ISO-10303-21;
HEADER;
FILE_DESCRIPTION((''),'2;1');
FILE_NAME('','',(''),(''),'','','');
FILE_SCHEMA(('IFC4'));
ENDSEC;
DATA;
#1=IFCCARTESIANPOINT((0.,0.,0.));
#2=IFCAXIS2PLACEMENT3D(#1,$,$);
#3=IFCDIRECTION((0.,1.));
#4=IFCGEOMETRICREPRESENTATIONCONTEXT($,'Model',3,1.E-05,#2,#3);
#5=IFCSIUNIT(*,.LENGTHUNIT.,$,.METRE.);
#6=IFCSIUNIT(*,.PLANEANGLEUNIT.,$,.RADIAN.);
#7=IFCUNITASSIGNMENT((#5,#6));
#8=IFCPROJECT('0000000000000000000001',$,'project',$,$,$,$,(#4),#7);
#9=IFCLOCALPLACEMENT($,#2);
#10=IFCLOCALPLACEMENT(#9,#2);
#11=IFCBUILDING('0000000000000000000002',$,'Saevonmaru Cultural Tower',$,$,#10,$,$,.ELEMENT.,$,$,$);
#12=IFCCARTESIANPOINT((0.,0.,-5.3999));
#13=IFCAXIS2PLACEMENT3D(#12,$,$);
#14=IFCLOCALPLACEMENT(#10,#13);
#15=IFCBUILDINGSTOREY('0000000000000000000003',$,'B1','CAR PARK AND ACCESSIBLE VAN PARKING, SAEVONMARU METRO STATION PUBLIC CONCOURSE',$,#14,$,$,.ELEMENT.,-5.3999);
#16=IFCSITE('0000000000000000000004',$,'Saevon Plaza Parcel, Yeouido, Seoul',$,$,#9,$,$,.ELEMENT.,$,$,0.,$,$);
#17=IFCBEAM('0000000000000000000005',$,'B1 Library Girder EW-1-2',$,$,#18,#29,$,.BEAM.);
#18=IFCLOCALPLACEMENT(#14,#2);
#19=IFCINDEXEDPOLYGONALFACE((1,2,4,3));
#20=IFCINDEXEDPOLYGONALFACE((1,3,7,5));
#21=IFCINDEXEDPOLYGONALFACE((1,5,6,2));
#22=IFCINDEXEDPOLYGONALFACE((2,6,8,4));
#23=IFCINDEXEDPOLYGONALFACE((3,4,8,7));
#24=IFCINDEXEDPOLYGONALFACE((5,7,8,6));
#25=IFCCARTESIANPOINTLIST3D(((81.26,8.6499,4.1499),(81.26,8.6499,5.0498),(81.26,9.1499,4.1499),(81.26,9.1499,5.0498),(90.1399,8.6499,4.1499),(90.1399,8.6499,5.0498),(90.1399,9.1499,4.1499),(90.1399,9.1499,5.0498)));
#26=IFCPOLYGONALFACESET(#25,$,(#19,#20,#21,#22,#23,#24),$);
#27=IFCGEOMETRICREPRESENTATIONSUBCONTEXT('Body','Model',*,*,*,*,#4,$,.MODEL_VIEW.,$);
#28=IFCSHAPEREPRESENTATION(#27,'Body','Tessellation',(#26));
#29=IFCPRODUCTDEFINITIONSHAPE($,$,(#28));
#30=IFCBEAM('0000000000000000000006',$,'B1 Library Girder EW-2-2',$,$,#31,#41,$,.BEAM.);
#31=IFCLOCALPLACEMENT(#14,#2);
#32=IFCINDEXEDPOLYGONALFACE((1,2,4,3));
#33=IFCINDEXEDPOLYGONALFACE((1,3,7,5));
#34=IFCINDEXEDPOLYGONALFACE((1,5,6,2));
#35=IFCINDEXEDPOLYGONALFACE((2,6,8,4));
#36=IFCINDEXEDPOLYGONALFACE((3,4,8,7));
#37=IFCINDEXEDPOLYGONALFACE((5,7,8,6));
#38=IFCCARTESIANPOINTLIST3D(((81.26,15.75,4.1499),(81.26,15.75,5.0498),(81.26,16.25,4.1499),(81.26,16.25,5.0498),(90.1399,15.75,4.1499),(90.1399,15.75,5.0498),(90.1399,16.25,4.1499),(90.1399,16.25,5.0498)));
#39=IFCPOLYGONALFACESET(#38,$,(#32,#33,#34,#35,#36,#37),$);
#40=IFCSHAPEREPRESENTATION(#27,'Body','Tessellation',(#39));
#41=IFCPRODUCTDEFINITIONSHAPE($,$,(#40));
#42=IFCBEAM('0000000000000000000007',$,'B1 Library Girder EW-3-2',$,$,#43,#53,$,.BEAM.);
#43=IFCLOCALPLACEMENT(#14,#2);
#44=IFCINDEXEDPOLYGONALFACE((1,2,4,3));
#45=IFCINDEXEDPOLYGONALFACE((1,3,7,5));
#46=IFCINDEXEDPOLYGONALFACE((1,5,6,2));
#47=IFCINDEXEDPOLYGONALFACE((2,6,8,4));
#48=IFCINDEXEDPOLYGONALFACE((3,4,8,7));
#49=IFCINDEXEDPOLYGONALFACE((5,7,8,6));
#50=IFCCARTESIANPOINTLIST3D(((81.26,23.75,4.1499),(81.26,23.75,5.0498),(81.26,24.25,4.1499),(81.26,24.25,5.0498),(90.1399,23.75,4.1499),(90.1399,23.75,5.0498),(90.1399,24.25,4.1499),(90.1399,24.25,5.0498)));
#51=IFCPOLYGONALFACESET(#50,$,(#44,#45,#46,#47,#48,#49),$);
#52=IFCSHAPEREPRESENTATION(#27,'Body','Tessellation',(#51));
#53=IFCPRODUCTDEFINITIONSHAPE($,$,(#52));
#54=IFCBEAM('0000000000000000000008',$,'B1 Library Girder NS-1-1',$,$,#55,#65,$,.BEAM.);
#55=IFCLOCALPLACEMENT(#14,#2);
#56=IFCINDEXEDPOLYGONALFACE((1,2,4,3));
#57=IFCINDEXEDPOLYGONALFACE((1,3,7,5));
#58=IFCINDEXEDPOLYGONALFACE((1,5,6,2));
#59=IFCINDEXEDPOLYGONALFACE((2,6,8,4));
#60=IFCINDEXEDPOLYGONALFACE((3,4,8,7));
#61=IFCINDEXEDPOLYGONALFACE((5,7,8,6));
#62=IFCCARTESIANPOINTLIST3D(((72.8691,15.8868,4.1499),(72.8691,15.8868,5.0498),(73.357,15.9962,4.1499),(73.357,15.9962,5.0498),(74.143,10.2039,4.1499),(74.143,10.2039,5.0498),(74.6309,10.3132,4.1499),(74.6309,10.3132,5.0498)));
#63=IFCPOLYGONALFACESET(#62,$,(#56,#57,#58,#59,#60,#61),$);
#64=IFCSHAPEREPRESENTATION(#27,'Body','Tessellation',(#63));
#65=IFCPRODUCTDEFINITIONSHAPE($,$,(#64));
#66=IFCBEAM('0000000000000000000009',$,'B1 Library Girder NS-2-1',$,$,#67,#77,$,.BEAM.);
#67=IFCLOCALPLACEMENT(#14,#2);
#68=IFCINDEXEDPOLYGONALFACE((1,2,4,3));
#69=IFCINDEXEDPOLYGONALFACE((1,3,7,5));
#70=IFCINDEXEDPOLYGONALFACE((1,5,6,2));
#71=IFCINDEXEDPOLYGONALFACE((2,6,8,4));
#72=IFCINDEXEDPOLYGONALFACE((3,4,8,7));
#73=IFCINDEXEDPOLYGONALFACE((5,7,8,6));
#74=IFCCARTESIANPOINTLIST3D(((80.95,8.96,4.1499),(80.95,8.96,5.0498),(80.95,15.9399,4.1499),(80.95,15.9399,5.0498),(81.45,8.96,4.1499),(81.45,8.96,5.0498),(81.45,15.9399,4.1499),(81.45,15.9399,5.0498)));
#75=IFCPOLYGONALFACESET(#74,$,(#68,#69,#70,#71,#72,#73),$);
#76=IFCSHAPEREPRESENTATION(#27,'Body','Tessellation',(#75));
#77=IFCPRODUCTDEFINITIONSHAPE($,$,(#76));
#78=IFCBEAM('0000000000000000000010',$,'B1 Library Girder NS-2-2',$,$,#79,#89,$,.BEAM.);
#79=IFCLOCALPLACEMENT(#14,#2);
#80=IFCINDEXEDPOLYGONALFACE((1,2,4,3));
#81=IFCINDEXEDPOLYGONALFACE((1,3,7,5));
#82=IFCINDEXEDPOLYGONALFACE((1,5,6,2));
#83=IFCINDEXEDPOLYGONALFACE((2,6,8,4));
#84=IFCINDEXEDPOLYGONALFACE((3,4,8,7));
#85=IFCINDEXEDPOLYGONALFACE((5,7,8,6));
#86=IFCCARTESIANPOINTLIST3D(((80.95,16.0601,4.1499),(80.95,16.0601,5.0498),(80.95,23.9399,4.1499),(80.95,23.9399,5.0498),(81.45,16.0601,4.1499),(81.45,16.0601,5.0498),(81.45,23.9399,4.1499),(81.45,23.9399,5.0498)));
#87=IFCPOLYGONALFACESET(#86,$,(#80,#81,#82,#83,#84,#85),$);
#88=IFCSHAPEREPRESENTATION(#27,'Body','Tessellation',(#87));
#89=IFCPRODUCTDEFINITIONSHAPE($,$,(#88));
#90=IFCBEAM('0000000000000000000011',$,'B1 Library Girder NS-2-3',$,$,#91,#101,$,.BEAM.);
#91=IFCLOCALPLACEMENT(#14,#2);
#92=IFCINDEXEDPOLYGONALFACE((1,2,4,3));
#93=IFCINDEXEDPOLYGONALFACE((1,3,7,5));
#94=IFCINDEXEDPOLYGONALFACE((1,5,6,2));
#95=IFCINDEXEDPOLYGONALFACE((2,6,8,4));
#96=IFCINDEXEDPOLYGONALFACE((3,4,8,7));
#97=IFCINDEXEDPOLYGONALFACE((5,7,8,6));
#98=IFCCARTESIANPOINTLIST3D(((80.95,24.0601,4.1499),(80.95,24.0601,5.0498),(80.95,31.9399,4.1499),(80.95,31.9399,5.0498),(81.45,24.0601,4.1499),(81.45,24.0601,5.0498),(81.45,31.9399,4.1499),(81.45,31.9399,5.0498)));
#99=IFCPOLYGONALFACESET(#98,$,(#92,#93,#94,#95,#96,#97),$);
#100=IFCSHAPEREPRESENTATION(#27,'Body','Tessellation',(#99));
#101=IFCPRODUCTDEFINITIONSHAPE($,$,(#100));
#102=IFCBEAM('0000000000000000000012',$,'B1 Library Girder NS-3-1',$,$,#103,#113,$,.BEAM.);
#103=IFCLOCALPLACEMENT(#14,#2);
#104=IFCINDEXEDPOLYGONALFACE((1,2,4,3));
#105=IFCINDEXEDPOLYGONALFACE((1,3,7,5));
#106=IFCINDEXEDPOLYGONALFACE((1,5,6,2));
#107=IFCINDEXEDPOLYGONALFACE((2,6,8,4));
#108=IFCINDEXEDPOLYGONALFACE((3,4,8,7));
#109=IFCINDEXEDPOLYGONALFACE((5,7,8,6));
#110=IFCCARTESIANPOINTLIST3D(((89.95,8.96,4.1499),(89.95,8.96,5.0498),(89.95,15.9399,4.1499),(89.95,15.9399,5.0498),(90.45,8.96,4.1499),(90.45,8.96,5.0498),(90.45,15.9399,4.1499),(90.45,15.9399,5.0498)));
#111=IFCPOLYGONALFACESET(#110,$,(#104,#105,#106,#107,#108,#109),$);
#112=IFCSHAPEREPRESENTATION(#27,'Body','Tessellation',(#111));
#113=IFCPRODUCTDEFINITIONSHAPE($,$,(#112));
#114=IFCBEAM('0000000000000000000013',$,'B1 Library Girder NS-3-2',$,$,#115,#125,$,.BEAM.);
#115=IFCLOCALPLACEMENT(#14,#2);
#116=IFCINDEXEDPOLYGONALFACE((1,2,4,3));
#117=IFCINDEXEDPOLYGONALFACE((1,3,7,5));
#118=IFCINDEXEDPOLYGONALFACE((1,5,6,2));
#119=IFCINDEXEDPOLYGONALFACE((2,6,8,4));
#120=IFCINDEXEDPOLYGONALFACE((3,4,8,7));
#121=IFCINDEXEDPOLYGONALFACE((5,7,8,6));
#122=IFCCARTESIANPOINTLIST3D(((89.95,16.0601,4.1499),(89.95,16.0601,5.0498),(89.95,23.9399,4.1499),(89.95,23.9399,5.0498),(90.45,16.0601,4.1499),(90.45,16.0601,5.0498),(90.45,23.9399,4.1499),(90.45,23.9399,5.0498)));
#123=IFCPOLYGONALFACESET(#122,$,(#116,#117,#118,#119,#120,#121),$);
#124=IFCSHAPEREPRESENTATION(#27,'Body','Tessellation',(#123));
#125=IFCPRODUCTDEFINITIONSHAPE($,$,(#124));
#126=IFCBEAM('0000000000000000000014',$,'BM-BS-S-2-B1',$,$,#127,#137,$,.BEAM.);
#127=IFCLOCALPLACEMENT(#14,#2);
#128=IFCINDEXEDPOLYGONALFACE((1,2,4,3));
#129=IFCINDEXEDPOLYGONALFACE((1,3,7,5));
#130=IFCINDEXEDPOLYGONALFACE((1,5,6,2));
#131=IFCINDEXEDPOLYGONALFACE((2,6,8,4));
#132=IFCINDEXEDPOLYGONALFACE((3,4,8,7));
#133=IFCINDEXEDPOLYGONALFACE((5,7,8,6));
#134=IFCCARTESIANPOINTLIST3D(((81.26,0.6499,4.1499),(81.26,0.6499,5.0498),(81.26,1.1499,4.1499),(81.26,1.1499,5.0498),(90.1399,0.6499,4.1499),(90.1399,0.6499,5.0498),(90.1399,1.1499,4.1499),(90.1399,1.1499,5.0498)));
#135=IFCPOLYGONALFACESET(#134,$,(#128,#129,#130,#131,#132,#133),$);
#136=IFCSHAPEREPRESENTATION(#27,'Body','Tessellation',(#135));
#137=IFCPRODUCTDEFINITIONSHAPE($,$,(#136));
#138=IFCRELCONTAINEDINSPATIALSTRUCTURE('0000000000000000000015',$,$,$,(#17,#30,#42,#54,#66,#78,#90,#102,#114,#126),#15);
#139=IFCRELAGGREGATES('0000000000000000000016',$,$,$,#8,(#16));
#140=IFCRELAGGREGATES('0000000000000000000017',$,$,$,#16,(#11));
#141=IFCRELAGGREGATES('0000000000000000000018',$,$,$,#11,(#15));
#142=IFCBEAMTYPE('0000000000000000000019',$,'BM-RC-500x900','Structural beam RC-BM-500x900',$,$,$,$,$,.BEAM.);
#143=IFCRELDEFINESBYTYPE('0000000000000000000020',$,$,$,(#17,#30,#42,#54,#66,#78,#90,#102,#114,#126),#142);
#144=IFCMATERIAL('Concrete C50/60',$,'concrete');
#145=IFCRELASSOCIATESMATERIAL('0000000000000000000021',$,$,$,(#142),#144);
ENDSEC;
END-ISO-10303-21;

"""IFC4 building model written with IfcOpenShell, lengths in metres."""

from ifc_helpers import new_model, si_unit, direction, frame, origin, origin_2d, place, context, subcontext, project, spatial, rectangle, extrude, material, material_profile, profile_set, type_object, element, save


model = new_model("IFC4")

# Units and contexts
model_context = context("Model", 3, precision=1e-05, world=origin(), true_north=direction((0.0, 1.0)))
body_context = subcontext(model_context, "Body", "Model", "MODEL_VIEW")
ifc_project = project(units=[si_unit("LENGTHUNIT", "METRE"), si_unit("PLANEANGLEUNIT", "RADIAN")], contexts=[model_context])

# Site, building, storey
site_placement = place(None, origin())
site = spatial("IfcSite", under=ifc_project, at=site_placement, Name="Saevon Plaza Parcel, Yeouido, Seoul", CompositionType="ELEMENT", RefElevation=0.0)
building_placement = place(site_placement, origin())
building = spatial("IfcBuilding", under=site, at=building_placement, Name="Saevonmaru Cultural Tower", CompositionType="ELEMENT")
storey_placement = place(building_placement, frame((0.0, 0.0, -5.3999)))
storey = spatial("IfcBuildingStorey", under=building, at=storey_placement, Name="B1", Description="CAR PARK AND ACCESSIBLE VAN PARKING, SAEVONMARU METRO STATION PUBLIC CONCOURSE", CompositionType="ELEMENT", Elevation=-5.3999)

# Shared definitions
ifc_material_1 = material(Name="Concrete C50/60", Category="concrete")

# Beams
ifc_material_profile_1 = material_profile(ifc_material_1, rectangle(XDim=0.5, YDim=0.8999, at=origin_2d()), Name="RC-BM-500x900")
ifc_profile_set_1 = profile_set([ifc_material_profile_1], Name="Concrete C50/60")
beam_type_1 = type_object("IfcBeamType", Name="BM-RC-500x900", Description="Structural beam RC-BM-500x900", PredefinedType="BEAM", material=ifc_profile_set_1)
for number, where, z_axis, x_axis, name in (
    (1, (81.26, 8.8999, 4.5999), (1.0, 0.0, 0.0), (0.0, 1.0, 0.0), "B1 Library Girder EW-1-2"),
    (2, (81.26, 16.0, 4.5999), (1.0, 0.0, 0.0), (0.0, 1.0, 0.0), "B1 Library Girder EW-2-2"),
    (3, (81.26, 24.0, 4.5999), (1.0, 0.0, 0.0), (0.0, 1.0, 0.0), "B1 Library Girder EW-3-2"),
):
    element("IfcBeam", number, at=place(storey_placement, frame(where, z_axis=z_axis, x_axis=x_axis)), inside=storey, type_object=beam_type_1, Name=name, PredefinedType="BEAM", context=body_context, shape_type="SweptSolid", body=[
        extrude(rectangle(XDim=0.5, YDim=0.8999, at=origin_2d()), origin(), (0.0, 0.0, 1.0), 8.8799),
    ])
beam_1_placement = place(storey_placement, frame((74.387, 10.2585, 4.5999), z_axis=(-0.218741, 0.975783, 0.0), x_axis=(-0.975783, -0.218741, 0.0)))
element("IfcBeam", 4, at=beam_1_placement, inside=storey, type_object=beam_type_1, Name="B1 Library Girder NS-1-1", PredefinedType="BEAM", context=body_context, shape_type="SweptSolid", body=[
    extrude(rectangle(XDim=0.5, YDim=0.8999, at=origin_2d()), origin(), (0.0, 0.0, 1.0), 5.824),
])
beam_2_placement = place(storey_placement, frame((81.2, 8.96, 4.5999), z_axis=(0.0, 1.0, 0.0), x_axis=(-1.0, 0.0, 0.0)))
element("IfcBeam", 5, at=beam_2_placement, inside=storey, type_object=beam_type_1, Name="B1 Library Girder NS-2-1", PredefinedType="BEAM", context=body_context, shape_type="SweptSolid", body=[
    extrude(rectangle(XDim=0.5, YDim=0.8999, at=origin_2d()), origin(), (0.0, 0.0, 1.0), 6.98),
])
for number, where, z_axis, x_axis, name in (
    (6, (81.2, 16.0601, 4.5999), (0.0, 1.0, 0.0), (-1.0, 0.0, 0.0), "B1 Library Girder NS-2-2"),
    (7, (81.2, 24.0601, 4.5999), (0.0, 1.0, 0.0), (-1.0, 0.0, 0.0), "B1 Library Girder NS-2-3"),
):
    element("IfcBeam", number, at=place(storey_placement, frame(where, z_axis=z_axis, x_axis=x_axis)), inside=storey, type_object=beam_type_1, Name=name, PredefinedType="BEAM", context=body_context, shape_type="SweptSolid", body=[
        extrude(rectangle(XDim=0.5, YDim=0.8999, at=origin_2d()), origin(), (0.0, 0.0, 1.0), 7.8799),
    ])
beam_3_placement = place(storey_placement, frame((90.2, 8.96, 4.5999), z_axis=(0.0, 1.0, 0.0), x_axis=(-1.0, 0.0, 0.0)))
element("IfcBeam", 8, at=beam_3_placement, inside=storey, type_object=beam_type_1, Name="B1 Library Girder NS-3-1", PredefinedType="BEAM", context=body_context, shape_type="SweptSolid", body=[
    extrude(rectangle(XDim=0.5, YDim=0.8999, at=origin_2d()), origin(), (0.0, 0.0, 1.0), 6.98),
])
beam_4_placement = place(storey_placement, frame((90.2, 16.0601, 4.5999), z_axis=(0.0, 1.0, 0.0), x_axis=(-1.0, 0.0, 0.0)))
element("IfcBeam", 9, at=beam_4_placement, inside=storey, type_object=beam_type_1, Name="B1 Library Girder NS-3-2", PredefinedType="BEAM", context=body_context, shape_type="SweptSolid", body=[
    extrude(rectangle(XDim=0.5, YDim=0.8999, at=origin_2d()), origin(), (0.0, 0.0, 1.0), 7.8799),
])
beam_5_placement = place(storey_placement, frame((81.26, 0.8999, 4.5999), z_axis=(1.0, 0.0, 0.0), x_axis=(0.0, 1.0, 0.0)))
element("IfcBeam", 10, at=beam_5_placement, inside=storey, type_object=beam_type_1, Name="BM-BS-S-2-B1", PredefinedType="BEAM", context=body_context, shape_type="SweptSolid", body=[
    extrude(rectangle(XDim=0.5, YDim=0.8999, at=origin_2d()), origin(), (0.0, 0.0, 1.0), 8.8799),
])

save(model, "model.ifc")
